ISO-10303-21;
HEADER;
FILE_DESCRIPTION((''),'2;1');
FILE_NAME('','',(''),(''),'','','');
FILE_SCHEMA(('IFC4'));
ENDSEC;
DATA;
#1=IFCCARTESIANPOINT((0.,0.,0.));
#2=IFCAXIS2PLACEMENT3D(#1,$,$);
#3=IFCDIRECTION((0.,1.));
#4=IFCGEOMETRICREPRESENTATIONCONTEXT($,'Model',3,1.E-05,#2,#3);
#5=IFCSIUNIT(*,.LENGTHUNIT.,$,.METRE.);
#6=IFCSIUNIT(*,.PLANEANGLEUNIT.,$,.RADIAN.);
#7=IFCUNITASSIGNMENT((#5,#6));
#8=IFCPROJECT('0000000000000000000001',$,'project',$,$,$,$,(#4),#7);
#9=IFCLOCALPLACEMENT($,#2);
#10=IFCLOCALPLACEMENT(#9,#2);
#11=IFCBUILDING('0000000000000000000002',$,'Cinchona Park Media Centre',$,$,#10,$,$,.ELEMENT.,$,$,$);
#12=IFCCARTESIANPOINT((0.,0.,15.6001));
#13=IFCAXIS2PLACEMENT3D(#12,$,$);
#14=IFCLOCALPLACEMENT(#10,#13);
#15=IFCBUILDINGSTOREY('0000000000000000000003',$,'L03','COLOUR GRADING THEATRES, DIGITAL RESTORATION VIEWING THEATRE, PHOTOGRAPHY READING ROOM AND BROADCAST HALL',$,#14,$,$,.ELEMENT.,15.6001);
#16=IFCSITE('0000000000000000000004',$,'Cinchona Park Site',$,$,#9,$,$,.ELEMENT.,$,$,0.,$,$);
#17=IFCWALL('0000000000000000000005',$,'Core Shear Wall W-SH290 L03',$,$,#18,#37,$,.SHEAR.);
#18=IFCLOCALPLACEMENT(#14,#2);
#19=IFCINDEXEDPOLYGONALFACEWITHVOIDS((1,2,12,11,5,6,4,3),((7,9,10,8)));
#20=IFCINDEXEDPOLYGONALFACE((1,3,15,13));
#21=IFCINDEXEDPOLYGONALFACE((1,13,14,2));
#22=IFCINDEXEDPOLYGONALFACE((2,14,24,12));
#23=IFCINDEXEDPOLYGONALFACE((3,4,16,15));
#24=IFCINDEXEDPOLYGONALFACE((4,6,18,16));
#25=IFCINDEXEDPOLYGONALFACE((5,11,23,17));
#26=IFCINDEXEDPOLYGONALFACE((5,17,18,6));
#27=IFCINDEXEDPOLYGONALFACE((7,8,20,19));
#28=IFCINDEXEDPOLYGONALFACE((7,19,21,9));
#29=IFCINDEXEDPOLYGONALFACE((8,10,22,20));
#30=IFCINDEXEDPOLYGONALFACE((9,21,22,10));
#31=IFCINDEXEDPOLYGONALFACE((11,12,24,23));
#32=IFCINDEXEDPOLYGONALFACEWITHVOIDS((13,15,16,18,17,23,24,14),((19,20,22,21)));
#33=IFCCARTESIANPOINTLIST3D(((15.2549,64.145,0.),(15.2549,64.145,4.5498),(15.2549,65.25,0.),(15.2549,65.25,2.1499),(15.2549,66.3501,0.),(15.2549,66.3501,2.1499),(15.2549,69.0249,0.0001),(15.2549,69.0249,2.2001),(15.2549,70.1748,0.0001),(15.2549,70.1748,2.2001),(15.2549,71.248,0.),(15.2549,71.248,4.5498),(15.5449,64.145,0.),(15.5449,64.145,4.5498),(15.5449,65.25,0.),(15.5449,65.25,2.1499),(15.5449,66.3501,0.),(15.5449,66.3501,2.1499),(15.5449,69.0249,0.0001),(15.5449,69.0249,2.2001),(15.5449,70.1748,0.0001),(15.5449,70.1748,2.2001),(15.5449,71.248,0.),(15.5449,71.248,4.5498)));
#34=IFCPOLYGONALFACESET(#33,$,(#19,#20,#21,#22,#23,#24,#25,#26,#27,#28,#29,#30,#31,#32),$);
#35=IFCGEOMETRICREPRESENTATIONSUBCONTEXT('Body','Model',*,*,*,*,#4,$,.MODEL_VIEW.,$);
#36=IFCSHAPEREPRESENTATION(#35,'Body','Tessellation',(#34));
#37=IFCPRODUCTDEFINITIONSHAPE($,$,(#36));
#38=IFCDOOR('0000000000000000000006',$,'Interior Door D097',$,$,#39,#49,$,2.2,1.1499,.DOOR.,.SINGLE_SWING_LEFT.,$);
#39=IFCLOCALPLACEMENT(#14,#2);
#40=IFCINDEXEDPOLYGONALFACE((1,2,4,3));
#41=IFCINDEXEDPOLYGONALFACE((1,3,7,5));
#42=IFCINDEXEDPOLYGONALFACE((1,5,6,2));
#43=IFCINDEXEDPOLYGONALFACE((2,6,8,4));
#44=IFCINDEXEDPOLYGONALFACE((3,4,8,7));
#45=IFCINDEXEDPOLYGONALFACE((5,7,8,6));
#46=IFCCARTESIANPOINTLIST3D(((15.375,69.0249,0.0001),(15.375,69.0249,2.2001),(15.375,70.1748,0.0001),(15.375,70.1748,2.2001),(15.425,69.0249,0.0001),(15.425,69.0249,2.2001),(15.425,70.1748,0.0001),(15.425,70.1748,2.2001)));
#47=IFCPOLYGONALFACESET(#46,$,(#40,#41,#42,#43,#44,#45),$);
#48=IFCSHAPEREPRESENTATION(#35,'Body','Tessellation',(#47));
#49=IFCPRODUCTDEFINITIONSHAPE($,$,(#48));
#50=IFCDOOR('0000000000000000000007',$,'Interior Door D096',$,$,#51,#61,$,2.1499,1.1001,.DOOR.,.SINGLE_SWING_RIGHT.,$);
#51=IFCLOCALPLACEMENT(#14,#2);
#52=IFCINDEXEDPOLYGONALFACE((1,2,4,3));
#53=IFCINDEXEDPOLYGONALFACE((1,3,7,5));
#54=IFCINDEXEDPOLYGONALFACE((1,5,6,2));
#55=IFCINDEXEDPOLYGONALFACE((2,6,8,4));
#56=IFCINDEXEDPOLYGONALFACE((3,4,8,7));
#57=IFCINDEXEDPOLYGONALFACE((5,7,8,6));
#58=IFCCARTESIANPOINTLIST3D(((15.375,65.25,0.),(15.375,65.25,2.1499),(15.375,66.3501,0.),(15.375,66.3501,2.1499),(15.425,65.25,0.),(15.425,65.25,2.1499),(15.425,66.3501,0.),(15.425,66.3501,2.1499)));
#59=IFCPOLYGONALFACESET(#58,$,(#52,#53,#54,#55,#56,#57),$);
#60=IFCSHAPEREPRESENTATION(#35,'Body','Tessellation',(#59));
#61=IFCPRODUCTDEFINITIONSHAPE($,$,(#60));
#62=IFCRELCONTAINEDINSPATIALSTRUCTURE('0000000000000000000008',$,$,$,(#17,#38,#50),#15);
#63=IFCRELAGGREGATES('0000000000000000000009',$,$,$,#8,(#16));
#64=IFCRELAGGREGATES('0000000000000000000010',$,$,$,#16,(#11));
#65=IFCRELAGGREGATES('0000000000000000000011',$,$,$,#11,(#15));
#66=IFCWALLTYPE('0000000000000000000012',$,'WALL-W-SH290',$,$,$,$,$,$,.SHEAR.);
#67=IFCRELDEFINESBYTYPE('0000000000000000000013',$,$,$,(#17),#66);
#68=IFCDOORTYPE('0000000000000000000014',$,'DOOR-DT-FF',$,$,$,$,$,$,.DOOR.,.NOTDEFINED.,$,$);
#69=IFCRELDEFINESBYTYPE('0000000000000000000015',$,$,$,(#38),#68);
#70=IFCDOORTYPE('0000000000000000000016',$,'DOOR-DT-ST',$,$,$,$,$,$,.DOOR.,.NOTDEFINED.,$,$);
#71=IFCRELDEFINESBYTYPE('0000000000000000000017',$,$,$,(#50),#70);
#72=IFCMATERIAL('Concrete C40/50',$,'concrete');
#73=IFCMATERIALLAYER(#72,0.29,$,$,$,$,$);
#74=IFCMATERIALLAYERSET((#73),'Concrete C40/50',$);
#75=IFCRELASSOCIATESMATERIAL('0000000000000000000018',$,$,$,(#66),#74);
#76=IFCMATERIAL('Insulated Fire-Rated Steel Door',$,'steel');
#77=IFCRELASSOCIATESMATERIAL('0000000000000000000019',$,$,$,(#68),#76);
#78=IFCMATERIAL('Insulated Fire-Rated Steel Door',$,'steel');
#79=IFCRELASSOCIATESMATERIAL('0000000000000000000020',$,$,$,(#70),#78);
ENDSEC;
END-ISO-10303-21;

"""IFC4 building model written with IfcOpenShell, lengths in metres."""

from ifc_helpers import new_model, si_unit, direction, frame, frame_2d, origin, place, context, subcontext, project, spatial, rectangle, extrude, material, layer, layer_set, type_object, element, fill, save


model = new_model("IFC4")

# Units and contexts
model_context = context("Model", 3, precision=1e-05, world=origin(), true_north=direction((0.0, 1.0)))
body_context = subcontext(model_context, "Body", "Model", "MODEL_VIEW")
ifc_project = project(units=[si_unit("LENGTHUNIT", "METRE"), si_unit("PLANEANGLEUNIT", "RADIAN")], contexts=[model_context])

# Site, building, storey
site_placement = place(None, origin())
site = spatial("IfcSite", under=ifc_project, at=site_placement, Name="Cinchona Park Site", CompositionType="ELEMENT", RefElevation=0.0)
building_placement = place(site_placement, origin())
building = spatial("IfcBuilding", under=site, at=building_placement, Name="Cinchona Park Media Centre", CompositionType="ELEMENT")
storey_placement = place(building_placement, frame((0.0, 0.0, 15.6001)))
storey = spatial("IfcBuildingStorey", under=building, at=storey_placement, Name="L03", Description="COLOUR GRADING THEATRES, DIGITAL RESTORATION VIEWING THEATRE, PHOTOGRAPHY READING ROOM AND BROADCAST HALL", CompositionType="ELEMENT", Elevation=15.6001)

# Wall, openings, doors
ifc_material_1 = material(Name="Concrete C40/50", Category="concrete")
ifc_layer_1 = layer(ifc_material_1, 0.29)
ifc_layer_set_1 = layer_set([ifc_layer_1], Name="Concrete C40/50")
wall_type = type_object("IfcWallType", Name="WALL-W-SH290", PredefinedType="SHEAR", material=ifc_layer_set_1)
wall_placement = place(storey_placement, frame((15.3999, 64.145, 0.0), z_axis=(0.0, 0.0, 1.0), x_axis=(0.0, 1.0, 0.0)))
wall = element("IfcWall", 1, at=wall_placement, inside=storey, type_object=wall_type, Name="Core Shear Wall W-SH290 L03", PredefinedType="SHEAR", context=body_context, shape_type="SweptSolid", body=[
    extrude(rectangle(XDim=7.103, YDim=0.29, at=frame_2d((3.5515, 0.0))), origin(), (0.0, 0.0, 1.0), 4.5498),
])
opening_1_placement = place(wall_placement, frame((1.105, 0.0, 0.0)))
opening_1 = element("IfcOpeningElement", 2, at=opening_1_placement, cuts=wall, PredefinedType="OPENING", context=body_context, shape_type="SweptSolid", body=[
    extrude(rectangle(XDim=1.1001, YDim=2.1499, at=frame_2d((0.55, 1.075))), frame((0.0, 0.155, 0.0), z_axis=(0.0, -1.0, 0.0), x_axis=(1.0, 0.0, 0.0)), (0.0, 0.0, 1.0), 0.3101),
])
opening_2_placement = place(wall_placement, frame((4.8799, 0.0, 0.0)))
opening_2 = element("IfcOpeningElement", 3, at=opening_2_placement, cuts=wall, PredefinedType="OPENING", context=body_context, shape_type="SweptSolid", body=[
    extrude(rectangle(XDim=1.1499, YDim=2.2, at=frame_2d((0.575, 1.1001))), frame((0.0, 0.155, 0.0), z_axis=(0.0, -1.0, 0.0), x_axis=(1.0, 0.0, 0.0)), (0.0, 0.0, 1.0), 0.3101),
])
ifc_material_2 = material(Name="Insulated Fire-Rated Steel Door", Category="steel")
door_type_1 = type_object("IfcDoorType", Name="DOOR-DT-FF", OperationType="NOTDEFINED", PredefinedType="DOOR", material=ifc_material_2)
door_1_placement = place(opening_2_placement, origin())
door_1 = element("IfcDoor", 4, at=door_1_placement, inside=storey, type_object=door_type_1, Name="Interior Door D097", OperationType="SINGLE_SWING_LEFT", OverallHeight=2.2, OverallWidth=1.1499, PredefinedType="DOOR", context=body_context, shape_type="SweptSolid", body=[
    extrude(rectangle(XDim=1.1499, YDim=2.2, at=frame_2d((0.575, 1.1001))), frame((0.0, 0.0249, 0.0), z_axis=(0.0, -1.0, 0.0), x_axis=(1.0, 0.0, 0.0)), (0.0, 0.0, 1.0), 0.05),
])
fill(opening_2, door_1)
ifc_material_3 = material(Name="Insulated Fire-Rated Steel Door", Category="steel")
door_type_2 = type_object("IfcDoorType", Name="DOOR-DT-ST", OperationType="NOTDEFINED", PredefinedType="DOOR", material=ifc_material_3)
door_2_placement = place(opening_1_placement, origin())
door_2 = element("IfcDoor", 5, at=door_2_placement, inside=storey, type_object=door_type_2, Name="Interior Door D096", OperationType="SINGLE_SWING_RIGHT", OverallHeight=2.1499, OverallWidth=1.1001, PredefinedType="DOOR", context=body_context, shape_type="SweptSolid", body=[
    extrude(rectangle(XDim=1.1001, YDim=2.1499, at=frame_2d((0.55, 1.075))), frame((0.0, 0.0249, 0.0), z_axis=(0.0, -1.0, 0.0), x_axis=(1.0, 0.0, 0.0)), (0.0, 0.0, 1.0), 0.05),
])
fill(opening_1, door_2)

save(model, "model.ifc")
